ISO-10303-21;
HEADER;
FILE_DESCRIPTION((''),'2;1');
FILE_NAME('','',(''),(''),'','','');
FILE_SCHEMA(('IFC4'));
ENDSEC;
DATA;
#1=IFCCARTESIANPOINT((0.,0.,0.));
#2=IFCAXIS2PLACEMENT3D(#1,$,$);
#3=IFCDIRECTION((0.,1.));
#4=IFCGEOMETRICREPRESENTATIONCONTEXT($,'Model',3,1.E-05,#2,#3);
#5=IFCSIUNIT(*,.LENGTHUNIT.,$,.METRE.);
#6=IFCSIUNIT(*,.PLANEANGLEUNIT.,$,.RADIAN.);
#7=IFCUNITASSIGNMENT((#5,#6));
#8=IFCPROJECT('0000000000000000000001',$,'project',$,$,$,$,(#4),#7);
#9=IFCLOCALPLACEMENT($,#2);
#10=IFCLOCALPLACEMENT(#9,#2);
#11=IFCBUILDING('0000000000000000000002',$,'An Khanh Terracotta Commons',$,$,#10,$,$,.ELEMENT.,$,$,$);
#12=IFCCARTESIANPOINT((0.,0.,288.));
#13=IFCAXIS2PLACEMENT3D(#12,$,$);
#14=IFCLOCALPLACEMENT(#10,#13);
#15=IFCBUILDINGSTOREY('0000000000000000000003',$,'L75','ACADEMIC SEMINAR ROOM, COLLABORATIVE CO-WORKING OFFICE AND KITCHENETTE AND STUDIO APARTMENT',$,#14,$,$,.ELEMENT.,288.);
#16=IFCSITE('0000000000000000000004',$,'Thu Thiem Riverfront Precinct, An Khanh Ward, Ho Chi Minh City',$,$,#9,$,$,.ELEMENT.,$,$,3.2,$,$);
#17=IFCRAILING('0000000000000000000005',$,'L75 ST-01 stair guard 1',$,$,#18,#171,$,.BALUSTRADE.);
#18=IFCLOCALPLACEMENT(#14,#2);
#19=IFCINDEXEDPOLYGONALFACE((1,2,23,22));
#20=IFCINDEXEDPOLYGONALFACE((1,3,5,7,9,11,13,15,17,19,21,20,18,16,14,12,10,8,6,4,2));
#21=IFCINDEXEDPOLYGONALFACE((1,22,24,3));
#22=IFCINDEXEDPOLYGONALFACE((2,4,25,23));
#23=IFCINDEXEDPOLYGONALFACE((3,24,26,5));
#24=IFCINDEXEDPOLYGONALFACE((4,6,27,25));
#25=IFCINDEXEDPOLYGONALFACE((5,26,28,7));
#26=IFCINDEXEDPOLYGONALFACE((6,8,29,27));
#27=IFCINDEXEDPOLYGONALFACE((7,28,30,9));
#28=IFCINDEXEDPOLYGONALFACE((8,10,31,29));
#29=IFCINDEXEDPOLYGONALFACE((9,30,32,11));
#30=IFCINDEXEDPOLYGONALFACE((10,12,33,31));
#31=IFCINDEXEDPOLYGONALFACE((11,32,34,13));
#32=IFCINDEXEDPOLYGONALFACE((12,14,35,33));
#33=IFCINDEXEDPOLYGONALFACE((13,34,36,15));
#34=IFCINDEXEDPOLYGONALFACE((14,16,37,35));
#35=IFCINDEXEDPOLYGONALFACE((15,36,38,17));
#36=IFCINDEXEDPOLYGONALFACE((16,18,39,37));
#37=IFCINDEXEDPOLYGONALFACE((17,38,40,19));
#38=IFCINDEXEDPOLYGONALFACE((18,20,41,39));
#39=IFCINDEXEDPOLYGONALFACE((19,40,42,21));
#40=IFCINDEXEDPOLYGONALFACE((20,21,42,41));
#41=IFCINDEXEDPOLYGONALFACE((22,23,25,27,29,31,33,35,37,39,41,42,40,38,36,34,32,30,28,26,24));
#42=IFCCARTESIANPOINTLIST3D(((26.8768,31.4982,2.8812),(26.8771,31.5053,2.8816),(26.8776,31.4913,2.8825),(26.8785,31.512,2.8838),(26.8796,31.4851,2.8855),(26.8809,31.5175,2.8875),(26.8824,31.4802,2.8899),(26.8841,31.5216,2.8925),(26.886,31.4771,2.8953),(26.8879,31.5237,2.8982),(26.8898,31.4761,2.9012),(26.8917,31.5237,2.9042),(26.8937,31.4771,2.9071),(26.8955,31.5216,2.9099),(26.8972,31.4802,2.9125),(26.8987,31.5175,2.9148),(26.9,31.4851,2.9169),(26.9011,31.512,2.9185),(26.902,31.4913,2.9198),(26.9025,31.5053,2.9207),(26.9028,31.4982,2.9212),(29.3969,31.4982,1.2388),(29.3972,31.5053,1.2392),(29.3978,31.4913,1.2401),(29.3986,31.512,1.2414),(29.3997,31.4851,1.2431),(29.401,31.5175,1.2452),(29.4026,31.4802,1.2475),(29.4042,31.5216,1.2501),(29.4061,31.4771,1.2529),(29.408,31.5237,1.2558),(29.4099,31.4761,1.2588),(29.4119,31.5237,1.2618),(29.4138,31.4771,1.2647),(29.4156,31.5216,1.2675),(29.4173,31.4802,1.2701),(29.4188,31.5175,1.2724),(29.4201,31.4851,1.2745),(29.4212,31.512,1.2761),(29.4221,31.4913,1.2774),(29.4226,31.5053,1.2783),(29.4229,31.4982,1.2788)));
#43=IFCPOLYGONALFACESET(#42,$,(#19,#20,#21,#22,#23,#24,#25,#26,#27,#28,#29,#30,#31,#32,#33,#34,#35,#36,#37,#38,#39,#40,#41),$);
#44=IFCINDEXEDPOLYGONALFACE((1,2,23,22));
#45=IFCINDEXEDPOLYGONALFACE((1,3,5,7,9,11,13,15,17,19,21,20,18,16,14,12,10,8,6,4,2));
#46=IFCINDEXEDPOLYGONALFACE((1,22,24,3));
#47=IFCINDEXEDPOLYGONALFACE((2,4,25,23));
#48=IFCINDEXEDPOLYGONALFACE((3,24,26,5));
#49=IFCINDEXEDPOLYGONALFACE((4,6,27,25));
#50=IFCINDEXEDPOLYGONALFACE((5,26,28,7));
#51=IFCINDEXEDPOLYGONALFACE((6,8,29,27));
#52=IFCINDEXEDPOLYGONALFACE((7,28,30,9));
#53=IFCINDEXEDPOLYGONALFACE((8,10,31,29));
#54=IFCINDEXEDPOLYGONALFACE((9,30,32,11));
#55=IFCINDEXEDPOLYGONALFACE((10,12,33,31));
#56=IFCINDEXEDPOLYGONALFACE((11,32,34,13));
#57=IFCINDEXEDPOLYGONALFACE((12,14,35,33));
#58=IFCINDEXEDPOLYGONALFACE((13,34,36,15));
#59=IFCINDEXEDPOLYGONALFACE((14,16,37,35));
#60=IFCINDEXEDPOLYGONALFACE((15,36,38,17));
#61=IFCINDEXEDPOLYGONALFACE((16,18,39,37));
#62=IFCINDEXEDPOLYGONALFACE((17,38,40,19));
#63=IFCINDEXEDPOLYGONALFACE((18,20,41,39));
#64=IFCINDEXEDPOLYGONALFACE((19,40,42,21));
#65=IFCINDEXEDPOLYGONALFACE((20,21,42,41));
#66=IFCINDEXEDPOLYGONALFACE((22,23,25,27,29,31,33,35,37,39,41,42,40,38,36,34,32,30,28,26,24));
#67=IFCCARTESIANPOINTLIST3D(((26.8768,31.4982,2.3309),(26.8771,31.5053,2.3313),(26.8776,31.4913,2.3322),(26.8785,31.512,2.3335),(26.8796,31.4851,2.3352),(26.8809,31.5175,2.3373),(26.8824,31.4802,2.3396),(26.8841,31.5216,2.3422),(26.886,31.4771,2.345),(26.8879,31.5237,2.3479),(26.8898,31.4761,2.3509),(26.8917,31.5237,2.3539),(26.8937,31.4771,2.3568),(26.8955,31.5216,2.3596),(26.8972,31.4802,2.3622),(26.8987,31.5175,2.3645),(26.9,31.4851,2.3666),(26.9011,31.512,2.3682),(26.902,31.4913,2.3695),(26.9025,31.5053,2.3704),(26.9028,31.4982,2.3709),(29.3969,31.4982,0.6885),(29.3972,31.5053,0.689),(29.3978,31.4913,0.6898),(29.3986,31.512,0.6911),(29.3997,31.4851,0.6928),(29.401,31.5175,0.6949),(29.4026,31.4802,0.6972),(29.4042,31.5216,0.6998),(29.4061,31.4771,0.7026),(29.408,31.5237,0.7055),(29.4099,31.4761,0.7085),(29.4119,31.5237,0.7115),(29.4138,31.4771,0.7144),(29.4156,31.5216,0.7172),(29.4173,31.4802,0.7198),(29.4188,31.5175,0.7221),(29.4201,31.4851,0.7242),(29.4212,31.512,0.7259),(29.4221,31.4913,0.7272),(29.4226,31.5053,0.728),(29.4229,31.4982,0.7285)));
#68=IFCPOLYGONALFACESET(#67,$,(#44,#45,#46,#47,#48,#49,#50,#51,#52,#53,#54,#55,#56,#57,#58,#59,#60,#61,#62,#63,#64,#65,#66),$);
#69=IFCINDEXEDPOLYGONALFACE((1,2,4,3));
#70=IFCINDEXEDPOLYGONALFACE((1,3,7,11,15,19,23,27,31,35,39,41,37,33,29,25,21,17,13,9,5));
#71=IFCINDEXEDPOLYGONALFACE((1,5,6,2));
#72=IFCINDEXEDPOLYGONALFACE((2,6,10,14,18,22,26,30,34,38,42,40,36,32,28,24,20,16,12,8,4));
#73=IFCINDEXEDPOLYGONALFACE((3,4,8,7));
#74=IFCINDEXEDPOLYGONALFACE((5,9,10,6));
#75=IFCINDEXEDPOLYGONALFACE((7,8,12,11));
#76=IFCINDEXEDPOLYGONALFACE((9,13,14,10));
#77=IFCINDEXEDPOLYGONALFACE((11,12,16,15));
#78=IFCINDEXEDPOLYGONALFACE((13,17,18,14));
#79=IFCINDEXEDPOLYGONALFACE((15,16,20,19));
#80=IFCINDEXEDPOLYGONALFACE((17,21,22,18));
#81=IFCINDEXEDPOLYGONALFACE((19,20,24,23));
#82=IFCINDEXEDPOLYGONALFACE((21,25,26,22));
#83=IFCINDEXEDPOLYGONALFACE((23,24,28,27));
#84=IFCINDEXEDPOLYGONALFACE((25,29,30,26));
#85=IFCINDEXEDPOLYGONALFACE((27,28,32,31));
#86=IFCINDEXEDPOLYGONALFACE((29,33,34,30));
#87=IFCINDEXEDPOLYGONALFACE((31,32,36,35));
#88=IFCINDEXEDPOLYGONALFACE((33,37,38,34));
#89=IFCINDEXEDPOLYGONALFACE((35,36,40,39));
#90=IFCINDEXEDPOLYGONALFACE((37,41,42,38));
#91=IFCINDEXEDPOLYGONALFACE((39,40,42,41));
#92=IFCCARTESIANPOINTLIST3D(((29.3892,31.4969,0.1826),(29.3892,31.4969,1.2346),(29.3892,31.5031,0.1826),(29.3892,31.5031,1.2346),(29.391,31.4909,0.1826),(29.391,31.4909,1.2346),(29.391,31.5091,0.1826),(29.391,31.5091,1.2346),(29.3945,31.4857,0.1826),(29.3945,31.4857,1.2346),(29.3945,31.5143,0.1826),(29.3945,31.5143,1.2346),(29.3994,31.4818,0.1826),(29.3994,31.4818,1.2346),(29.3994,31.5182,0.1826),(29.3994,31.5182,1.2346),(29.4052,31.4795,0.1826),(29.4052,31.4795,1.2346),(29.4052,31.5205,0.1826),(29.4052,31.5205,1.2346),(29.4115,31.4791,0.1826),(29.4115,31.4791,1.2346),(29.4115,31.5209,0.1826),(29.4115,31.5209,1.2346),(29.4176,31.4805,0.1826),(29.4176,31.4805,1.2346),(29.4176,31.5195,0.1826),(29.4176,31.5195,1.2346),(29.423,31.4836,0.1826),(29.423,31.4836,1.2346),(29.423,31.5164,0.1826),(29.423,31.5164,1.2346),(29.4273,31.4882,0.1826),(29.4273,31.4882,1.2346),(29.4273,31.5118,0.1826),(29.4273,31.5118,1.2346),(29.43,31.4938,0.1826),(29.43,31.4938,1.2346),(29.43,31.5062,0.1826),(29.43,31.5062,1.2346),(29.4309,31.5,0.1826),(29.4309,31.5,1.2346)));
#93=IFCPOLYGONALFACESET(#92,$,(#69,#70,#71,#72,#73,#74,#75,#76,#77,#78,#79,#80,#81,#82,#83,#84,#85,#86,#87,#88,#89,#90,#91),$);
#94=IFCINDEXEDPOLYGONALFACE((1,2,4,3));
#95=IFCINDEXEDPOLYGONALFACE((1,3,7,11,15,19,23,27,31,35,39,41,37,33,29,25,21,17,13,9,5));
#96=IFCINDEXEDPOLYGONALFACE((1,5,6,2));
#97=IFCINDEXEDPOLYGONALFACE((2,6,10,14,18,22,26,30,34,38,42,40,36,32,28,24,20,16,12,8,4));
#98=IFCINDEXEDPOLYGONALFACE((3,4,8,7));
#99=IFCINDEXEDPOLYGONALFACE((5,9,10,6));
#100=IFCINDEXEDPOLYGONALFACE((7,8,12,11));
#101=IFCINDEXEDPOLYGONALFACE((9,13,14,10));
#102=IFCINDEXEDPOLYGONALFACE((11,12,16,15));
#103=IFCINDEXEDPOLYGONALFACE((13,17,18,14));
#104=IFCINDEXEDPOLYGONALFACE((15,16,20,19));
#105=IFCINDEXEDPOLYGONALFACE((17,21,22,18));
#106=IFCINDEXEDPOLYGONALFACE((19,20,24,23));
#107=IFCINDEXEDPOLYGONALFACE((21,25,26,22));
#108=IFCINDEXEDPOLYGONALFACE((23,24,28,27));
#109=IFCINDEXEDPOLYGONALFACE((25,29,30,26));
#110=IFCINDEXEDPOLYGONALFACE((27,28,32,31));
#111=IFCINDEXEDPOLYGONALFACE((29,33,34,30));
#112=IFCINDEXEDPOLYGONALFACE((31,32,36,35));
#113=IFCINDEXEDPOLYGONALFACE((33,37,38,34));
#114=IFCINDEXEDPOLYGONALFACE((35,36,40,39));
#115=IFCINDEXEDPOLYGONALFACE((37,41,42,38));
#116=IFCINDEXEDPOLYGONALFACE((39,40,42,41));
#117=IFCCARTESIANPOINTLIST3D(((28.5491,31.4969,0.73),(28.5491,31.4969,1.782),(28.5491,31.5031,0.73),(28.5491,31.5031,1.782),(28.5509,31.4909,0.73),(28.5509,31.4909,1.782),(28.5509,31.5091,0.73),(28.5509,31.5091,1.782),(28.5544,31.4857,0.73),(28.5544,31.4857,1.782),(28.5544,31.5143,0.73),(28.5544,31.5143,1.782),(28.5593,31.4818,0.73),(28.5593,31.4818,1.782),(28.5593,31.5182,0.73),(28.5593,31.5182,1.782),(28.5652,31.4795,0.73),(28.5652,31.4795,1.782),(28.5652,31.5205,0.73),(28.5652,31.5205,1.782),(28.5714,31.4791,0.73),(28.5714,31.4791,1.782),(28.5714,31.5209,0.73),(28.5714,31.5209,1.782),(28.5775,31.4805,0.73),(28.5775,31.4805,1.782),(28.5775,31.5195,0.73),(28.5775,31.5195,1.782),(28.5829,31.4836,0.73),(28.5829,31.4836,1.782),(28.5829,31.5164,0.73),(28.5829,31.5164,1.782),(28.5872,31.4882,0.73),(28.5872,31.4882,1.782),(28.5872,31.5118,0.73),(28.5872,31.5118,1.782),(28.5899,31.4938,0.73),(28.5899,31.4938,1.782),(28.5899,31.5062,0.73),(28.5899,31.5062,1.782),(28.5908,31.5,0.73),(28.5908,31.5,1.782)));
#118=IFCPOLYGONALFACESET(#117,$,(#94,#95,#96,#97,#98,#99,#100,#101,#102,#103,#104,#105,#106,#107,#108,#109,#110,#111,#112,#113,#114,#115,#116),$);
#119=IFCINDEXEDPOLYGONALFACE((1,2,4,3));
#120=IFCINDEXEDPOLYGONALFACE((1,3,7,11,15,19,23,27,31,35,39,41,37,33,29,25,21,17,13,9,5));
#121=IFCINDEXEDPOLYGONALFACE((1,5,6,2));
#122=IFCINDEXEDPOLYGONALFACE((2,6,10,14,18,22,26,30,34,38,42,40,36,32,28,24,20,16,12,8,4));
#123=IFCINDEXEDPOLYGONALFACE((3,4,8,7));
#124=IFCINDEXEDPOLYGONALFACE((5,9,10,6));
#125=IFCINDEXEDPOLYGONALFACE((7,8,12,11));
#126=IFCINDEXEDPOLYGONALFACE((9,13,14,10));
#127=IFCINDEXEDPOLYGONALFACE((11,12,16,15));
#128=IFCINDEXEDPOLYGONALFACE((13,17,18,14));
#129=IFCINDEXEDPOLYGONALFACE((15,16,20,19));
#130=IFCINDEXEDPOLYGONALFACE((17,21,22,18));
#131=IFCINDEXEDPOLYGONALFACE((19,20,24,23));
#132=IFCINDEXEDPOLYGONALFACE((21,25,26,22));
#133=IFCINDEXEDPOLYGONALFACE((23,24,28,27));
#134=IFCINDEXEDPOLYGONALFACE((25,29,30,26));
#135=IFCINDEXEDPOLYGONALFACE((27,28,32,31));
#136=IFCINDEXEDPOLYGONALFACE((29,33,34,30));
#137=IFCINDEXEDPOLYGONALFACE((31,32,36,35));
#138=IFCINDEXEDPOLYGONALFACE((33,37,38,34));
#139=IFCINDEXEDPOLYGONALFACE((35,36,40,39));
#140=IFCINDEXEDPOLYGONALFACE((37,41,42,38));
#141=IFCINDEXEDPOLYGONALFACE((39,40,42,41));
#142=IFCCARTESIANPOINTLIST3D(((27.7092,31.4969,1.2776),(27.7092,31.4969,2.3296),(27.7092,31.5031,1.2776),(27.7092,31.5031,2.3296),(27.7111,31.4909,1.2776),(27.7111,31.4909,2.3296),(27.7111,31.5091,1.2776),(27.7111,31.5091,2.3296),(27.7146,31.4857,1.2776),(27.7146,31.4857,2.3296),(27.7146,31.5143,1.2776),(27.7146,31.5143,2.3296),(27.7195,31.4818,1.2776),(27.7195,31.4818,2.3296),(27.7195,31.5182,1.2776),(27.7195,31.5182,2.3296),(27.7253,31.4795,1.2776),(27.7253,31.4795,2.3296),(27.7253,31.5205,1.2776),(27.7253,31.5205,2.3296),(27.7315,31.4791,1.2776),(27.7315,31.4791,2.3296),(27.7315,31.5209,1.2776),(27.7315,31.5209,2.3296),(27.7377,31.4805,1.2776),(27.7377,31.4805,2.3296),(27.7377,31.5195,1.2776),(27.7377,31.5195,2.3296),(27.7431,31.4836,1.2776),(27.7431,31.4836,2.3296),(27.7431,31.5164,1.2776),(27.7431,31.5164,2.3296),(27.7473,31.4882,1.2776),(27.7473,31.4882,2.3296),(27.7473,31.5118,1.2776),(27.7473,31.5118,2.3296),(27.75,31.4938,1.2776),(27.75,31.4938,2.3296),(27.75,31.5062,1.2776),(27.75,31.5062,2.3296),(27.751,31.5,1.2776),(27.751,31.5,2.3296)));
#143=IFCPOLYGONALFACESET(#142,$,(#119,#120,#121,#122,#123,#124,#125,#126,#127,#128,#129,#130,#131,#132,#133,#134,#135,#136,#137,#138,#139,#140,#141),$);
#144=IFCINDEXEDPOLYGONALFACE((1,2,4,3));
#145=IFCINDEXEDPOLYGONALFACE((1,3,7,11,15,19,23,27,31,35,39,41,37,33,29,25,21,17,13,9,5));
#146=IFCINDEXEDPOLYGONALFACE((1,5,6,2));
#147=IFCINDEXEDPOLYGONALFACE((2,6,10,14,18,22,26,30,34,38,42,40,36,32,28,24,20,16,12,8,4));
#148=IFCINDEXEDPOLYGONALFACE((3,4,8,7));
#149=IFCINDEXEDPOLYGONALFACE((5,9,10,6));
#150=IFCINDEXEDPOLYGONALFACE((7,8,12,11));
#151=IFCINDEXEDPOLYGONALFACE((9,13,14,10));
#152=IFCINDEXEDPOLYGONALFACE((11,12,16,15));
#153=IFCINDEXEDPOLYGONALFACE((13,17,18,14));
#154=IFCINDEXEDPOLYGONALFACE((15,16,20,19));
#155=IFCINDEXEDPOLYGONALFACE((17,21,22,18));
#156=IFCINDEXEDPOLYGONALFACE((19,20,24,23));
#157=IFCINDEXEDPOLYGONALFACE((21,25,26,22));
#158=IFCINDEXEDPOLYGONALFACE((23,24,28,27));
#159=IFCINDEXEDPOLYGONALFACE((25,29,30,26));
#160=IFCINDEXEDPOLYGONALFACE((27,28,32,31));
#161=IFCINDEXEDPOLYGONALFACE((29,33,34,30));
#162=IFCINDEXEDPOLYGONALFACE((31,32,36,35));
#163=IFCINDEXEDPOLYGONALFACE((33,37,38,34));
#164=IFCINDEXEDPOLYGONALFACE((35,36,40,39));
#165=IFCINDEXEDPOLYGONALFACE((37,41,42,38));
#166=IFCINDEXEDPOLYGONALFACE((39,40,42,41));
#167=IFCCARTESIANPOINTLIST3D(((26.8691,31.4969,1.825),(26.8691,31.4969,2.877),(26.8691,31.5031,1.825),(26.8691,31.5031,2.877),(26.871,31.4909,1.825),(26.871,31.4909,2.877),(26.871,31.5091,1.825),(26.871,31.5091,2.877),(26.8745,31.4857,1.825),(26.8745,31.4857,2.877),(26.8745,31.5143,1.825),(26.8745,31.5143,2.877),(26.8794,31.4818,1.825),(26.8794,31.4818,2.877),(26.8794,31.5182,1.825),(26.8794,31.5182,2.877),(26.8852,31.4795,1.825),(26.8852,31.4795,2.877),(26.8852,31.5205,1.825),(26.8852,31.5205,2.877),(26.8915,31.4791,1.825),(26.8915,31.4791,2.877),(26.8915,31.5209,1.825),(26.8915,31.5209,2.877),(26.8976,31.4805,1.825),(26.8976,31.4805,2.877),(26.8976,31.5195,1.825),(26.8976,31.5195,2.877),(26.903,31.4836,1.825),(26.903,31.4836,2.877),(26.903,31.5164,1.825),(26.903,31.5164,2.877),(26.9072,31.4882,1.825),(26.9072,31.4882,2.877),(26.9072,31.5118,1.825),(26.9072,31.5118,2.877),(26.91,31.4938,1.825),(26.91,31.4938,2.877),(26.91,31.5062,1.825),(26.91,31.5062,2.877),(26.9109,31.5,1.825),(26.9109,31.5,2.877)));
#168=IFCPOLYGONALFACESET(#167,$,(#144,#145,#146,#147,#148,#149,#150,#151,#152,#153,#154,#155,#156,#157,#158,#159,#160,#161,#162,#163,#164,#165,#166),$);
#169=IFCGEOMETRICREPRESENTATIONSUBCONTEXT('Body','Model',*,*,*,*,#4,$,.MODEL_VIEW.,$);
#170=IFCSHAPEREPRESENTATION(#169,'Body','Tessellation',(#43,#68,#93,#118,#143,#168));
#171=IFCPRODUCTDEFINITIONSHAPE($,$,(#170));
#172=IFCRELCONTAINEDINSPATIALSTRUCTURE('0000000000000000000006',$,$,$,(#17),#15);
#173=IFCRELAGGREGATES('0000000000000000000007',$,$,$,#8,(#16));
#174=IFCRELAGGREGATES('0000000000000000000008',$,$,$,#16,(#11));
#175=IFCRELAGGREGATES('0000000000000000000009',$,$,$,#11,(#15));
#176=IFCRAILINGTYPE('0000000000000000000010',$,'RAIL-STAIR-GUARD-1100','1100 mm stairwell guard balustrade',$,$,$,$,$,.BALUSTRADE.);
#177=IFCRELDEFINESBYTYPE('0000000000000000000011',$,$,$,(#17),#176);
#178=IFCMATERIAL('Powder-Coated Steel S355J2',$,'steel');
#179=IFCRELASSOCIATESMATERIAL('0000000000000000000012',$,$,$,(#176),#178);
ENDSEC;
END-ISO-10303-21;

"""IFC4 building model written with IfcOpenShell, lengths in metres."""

from ifc_helpers import new_model, si_unit, direction, frame, origin, origin_2d, place, context, subcontext, project, spatial, circle, extrude, material, type_object, element, save


model = new_model("IFC4")

# Units and contexts
model_context = context("Model", 3, precision=1e-05, world=origin(), true_north=direction((0.0, 1.0)))
body_context = subcontext(model_context, "Body", "Model", "MODEL_VIEW")
ifc_project = project(units=[si_unit("LENGTHUNIT", "METRE"), si_unit("PLANEANGLEUNIT", "RADIAN")], contexts=[model_context])

# Site, building, storey
site_placement = place(None, origin())
site = spatial("IfcSite", under=ifc_project, at=site_placement, Name="Thu Thiem Riverfront Precinct, An Khanh Ward, Ho Chi Minh City", CompositionType="ELEMENT", RefElevation=3.2)
building_placement = place(site_placement, origin())
building = spatial("IfcBuilding", under=site, at=building_placement, Name="An Khanh Terracotta Commons", CompositionType="ELEMENT")
storey_placement = place(building_placement, frame((0.0, 0.0, 288.0)))
storey = spatial("IfcBuildingStorey", under=building, at=storey_placement, Name="L75", Description="ACADEMIC SEMINAR ROOM, COLLABORATIVE CO-WORKING OFFICE AND KITCHENETTE AND STUDIO APARTMENT", CompositionType="ELEMENT", Elevation=288.0)

# Railing
ifc_material_1 = material(Name="Powder-Coated Steel S355J2", Category="steel")
railing_type_1 = type_object("IfcRailingType", Name="RAIL-STAIR-GUARD-1100", Description="1100 mm stairwell guard balustrade", PredefinedType="BALUSTRADE", material=ifc_material_1)
railing_1_placement = place(storey_placement, frame((29.4099, 31.5, 0.1826)))
element("IfcRailing", 1, at=railing_1_placement, inside=storey, type_object=railing_type_1, Name="L75 ST-01 stair guard 1", PredefinedType="BALUSTRADE", context=body_context, shape_type="SweptSolid", body=[
    extrude(circle(Radius=0.0239, at=origin_2d()), frame((0.0, 0.0, 1.0762), z_axis=(-0.837787, 0.0, 0.545998), x_axis=(0.0, -1.0, 0.0)), (0.0, 0.0, 1.0), 3.0081),
    extrude(circle(Radius=0.0239, at=origin_2d()), frame((0.0, 0.0, 0.5259), z_axis=(-0.837787, 0.0, 0.545998), x_axis=(0.0, -1.0, 0.0)), (0.0, 0.0, 1.0), 3.0081),
    extrude(circle(Radius=0.021, at=origin_2d()), origin(), (0.0, 0.0, 1.0), 1.052),
    extrude(circle(Radius=0.021, at=origin_2d()), frame((-0.8401, 0.0, 0.5474)), (0.0, 0.0, 1.0), 1.052),
    extrude(circle(Radius=0.021, at=origin_2d()), frame((-1.6799, 0.0, 1.095)), (0.0, 0.0, 1.0), 1.052),
    extrude(circle(Radius=0.021, at=origin_2d()), frame((-2.52, 0.0, 1.6423)), (0.0, 0.0, 1.0), 1.052),
])

save(model, "model.ifc")
